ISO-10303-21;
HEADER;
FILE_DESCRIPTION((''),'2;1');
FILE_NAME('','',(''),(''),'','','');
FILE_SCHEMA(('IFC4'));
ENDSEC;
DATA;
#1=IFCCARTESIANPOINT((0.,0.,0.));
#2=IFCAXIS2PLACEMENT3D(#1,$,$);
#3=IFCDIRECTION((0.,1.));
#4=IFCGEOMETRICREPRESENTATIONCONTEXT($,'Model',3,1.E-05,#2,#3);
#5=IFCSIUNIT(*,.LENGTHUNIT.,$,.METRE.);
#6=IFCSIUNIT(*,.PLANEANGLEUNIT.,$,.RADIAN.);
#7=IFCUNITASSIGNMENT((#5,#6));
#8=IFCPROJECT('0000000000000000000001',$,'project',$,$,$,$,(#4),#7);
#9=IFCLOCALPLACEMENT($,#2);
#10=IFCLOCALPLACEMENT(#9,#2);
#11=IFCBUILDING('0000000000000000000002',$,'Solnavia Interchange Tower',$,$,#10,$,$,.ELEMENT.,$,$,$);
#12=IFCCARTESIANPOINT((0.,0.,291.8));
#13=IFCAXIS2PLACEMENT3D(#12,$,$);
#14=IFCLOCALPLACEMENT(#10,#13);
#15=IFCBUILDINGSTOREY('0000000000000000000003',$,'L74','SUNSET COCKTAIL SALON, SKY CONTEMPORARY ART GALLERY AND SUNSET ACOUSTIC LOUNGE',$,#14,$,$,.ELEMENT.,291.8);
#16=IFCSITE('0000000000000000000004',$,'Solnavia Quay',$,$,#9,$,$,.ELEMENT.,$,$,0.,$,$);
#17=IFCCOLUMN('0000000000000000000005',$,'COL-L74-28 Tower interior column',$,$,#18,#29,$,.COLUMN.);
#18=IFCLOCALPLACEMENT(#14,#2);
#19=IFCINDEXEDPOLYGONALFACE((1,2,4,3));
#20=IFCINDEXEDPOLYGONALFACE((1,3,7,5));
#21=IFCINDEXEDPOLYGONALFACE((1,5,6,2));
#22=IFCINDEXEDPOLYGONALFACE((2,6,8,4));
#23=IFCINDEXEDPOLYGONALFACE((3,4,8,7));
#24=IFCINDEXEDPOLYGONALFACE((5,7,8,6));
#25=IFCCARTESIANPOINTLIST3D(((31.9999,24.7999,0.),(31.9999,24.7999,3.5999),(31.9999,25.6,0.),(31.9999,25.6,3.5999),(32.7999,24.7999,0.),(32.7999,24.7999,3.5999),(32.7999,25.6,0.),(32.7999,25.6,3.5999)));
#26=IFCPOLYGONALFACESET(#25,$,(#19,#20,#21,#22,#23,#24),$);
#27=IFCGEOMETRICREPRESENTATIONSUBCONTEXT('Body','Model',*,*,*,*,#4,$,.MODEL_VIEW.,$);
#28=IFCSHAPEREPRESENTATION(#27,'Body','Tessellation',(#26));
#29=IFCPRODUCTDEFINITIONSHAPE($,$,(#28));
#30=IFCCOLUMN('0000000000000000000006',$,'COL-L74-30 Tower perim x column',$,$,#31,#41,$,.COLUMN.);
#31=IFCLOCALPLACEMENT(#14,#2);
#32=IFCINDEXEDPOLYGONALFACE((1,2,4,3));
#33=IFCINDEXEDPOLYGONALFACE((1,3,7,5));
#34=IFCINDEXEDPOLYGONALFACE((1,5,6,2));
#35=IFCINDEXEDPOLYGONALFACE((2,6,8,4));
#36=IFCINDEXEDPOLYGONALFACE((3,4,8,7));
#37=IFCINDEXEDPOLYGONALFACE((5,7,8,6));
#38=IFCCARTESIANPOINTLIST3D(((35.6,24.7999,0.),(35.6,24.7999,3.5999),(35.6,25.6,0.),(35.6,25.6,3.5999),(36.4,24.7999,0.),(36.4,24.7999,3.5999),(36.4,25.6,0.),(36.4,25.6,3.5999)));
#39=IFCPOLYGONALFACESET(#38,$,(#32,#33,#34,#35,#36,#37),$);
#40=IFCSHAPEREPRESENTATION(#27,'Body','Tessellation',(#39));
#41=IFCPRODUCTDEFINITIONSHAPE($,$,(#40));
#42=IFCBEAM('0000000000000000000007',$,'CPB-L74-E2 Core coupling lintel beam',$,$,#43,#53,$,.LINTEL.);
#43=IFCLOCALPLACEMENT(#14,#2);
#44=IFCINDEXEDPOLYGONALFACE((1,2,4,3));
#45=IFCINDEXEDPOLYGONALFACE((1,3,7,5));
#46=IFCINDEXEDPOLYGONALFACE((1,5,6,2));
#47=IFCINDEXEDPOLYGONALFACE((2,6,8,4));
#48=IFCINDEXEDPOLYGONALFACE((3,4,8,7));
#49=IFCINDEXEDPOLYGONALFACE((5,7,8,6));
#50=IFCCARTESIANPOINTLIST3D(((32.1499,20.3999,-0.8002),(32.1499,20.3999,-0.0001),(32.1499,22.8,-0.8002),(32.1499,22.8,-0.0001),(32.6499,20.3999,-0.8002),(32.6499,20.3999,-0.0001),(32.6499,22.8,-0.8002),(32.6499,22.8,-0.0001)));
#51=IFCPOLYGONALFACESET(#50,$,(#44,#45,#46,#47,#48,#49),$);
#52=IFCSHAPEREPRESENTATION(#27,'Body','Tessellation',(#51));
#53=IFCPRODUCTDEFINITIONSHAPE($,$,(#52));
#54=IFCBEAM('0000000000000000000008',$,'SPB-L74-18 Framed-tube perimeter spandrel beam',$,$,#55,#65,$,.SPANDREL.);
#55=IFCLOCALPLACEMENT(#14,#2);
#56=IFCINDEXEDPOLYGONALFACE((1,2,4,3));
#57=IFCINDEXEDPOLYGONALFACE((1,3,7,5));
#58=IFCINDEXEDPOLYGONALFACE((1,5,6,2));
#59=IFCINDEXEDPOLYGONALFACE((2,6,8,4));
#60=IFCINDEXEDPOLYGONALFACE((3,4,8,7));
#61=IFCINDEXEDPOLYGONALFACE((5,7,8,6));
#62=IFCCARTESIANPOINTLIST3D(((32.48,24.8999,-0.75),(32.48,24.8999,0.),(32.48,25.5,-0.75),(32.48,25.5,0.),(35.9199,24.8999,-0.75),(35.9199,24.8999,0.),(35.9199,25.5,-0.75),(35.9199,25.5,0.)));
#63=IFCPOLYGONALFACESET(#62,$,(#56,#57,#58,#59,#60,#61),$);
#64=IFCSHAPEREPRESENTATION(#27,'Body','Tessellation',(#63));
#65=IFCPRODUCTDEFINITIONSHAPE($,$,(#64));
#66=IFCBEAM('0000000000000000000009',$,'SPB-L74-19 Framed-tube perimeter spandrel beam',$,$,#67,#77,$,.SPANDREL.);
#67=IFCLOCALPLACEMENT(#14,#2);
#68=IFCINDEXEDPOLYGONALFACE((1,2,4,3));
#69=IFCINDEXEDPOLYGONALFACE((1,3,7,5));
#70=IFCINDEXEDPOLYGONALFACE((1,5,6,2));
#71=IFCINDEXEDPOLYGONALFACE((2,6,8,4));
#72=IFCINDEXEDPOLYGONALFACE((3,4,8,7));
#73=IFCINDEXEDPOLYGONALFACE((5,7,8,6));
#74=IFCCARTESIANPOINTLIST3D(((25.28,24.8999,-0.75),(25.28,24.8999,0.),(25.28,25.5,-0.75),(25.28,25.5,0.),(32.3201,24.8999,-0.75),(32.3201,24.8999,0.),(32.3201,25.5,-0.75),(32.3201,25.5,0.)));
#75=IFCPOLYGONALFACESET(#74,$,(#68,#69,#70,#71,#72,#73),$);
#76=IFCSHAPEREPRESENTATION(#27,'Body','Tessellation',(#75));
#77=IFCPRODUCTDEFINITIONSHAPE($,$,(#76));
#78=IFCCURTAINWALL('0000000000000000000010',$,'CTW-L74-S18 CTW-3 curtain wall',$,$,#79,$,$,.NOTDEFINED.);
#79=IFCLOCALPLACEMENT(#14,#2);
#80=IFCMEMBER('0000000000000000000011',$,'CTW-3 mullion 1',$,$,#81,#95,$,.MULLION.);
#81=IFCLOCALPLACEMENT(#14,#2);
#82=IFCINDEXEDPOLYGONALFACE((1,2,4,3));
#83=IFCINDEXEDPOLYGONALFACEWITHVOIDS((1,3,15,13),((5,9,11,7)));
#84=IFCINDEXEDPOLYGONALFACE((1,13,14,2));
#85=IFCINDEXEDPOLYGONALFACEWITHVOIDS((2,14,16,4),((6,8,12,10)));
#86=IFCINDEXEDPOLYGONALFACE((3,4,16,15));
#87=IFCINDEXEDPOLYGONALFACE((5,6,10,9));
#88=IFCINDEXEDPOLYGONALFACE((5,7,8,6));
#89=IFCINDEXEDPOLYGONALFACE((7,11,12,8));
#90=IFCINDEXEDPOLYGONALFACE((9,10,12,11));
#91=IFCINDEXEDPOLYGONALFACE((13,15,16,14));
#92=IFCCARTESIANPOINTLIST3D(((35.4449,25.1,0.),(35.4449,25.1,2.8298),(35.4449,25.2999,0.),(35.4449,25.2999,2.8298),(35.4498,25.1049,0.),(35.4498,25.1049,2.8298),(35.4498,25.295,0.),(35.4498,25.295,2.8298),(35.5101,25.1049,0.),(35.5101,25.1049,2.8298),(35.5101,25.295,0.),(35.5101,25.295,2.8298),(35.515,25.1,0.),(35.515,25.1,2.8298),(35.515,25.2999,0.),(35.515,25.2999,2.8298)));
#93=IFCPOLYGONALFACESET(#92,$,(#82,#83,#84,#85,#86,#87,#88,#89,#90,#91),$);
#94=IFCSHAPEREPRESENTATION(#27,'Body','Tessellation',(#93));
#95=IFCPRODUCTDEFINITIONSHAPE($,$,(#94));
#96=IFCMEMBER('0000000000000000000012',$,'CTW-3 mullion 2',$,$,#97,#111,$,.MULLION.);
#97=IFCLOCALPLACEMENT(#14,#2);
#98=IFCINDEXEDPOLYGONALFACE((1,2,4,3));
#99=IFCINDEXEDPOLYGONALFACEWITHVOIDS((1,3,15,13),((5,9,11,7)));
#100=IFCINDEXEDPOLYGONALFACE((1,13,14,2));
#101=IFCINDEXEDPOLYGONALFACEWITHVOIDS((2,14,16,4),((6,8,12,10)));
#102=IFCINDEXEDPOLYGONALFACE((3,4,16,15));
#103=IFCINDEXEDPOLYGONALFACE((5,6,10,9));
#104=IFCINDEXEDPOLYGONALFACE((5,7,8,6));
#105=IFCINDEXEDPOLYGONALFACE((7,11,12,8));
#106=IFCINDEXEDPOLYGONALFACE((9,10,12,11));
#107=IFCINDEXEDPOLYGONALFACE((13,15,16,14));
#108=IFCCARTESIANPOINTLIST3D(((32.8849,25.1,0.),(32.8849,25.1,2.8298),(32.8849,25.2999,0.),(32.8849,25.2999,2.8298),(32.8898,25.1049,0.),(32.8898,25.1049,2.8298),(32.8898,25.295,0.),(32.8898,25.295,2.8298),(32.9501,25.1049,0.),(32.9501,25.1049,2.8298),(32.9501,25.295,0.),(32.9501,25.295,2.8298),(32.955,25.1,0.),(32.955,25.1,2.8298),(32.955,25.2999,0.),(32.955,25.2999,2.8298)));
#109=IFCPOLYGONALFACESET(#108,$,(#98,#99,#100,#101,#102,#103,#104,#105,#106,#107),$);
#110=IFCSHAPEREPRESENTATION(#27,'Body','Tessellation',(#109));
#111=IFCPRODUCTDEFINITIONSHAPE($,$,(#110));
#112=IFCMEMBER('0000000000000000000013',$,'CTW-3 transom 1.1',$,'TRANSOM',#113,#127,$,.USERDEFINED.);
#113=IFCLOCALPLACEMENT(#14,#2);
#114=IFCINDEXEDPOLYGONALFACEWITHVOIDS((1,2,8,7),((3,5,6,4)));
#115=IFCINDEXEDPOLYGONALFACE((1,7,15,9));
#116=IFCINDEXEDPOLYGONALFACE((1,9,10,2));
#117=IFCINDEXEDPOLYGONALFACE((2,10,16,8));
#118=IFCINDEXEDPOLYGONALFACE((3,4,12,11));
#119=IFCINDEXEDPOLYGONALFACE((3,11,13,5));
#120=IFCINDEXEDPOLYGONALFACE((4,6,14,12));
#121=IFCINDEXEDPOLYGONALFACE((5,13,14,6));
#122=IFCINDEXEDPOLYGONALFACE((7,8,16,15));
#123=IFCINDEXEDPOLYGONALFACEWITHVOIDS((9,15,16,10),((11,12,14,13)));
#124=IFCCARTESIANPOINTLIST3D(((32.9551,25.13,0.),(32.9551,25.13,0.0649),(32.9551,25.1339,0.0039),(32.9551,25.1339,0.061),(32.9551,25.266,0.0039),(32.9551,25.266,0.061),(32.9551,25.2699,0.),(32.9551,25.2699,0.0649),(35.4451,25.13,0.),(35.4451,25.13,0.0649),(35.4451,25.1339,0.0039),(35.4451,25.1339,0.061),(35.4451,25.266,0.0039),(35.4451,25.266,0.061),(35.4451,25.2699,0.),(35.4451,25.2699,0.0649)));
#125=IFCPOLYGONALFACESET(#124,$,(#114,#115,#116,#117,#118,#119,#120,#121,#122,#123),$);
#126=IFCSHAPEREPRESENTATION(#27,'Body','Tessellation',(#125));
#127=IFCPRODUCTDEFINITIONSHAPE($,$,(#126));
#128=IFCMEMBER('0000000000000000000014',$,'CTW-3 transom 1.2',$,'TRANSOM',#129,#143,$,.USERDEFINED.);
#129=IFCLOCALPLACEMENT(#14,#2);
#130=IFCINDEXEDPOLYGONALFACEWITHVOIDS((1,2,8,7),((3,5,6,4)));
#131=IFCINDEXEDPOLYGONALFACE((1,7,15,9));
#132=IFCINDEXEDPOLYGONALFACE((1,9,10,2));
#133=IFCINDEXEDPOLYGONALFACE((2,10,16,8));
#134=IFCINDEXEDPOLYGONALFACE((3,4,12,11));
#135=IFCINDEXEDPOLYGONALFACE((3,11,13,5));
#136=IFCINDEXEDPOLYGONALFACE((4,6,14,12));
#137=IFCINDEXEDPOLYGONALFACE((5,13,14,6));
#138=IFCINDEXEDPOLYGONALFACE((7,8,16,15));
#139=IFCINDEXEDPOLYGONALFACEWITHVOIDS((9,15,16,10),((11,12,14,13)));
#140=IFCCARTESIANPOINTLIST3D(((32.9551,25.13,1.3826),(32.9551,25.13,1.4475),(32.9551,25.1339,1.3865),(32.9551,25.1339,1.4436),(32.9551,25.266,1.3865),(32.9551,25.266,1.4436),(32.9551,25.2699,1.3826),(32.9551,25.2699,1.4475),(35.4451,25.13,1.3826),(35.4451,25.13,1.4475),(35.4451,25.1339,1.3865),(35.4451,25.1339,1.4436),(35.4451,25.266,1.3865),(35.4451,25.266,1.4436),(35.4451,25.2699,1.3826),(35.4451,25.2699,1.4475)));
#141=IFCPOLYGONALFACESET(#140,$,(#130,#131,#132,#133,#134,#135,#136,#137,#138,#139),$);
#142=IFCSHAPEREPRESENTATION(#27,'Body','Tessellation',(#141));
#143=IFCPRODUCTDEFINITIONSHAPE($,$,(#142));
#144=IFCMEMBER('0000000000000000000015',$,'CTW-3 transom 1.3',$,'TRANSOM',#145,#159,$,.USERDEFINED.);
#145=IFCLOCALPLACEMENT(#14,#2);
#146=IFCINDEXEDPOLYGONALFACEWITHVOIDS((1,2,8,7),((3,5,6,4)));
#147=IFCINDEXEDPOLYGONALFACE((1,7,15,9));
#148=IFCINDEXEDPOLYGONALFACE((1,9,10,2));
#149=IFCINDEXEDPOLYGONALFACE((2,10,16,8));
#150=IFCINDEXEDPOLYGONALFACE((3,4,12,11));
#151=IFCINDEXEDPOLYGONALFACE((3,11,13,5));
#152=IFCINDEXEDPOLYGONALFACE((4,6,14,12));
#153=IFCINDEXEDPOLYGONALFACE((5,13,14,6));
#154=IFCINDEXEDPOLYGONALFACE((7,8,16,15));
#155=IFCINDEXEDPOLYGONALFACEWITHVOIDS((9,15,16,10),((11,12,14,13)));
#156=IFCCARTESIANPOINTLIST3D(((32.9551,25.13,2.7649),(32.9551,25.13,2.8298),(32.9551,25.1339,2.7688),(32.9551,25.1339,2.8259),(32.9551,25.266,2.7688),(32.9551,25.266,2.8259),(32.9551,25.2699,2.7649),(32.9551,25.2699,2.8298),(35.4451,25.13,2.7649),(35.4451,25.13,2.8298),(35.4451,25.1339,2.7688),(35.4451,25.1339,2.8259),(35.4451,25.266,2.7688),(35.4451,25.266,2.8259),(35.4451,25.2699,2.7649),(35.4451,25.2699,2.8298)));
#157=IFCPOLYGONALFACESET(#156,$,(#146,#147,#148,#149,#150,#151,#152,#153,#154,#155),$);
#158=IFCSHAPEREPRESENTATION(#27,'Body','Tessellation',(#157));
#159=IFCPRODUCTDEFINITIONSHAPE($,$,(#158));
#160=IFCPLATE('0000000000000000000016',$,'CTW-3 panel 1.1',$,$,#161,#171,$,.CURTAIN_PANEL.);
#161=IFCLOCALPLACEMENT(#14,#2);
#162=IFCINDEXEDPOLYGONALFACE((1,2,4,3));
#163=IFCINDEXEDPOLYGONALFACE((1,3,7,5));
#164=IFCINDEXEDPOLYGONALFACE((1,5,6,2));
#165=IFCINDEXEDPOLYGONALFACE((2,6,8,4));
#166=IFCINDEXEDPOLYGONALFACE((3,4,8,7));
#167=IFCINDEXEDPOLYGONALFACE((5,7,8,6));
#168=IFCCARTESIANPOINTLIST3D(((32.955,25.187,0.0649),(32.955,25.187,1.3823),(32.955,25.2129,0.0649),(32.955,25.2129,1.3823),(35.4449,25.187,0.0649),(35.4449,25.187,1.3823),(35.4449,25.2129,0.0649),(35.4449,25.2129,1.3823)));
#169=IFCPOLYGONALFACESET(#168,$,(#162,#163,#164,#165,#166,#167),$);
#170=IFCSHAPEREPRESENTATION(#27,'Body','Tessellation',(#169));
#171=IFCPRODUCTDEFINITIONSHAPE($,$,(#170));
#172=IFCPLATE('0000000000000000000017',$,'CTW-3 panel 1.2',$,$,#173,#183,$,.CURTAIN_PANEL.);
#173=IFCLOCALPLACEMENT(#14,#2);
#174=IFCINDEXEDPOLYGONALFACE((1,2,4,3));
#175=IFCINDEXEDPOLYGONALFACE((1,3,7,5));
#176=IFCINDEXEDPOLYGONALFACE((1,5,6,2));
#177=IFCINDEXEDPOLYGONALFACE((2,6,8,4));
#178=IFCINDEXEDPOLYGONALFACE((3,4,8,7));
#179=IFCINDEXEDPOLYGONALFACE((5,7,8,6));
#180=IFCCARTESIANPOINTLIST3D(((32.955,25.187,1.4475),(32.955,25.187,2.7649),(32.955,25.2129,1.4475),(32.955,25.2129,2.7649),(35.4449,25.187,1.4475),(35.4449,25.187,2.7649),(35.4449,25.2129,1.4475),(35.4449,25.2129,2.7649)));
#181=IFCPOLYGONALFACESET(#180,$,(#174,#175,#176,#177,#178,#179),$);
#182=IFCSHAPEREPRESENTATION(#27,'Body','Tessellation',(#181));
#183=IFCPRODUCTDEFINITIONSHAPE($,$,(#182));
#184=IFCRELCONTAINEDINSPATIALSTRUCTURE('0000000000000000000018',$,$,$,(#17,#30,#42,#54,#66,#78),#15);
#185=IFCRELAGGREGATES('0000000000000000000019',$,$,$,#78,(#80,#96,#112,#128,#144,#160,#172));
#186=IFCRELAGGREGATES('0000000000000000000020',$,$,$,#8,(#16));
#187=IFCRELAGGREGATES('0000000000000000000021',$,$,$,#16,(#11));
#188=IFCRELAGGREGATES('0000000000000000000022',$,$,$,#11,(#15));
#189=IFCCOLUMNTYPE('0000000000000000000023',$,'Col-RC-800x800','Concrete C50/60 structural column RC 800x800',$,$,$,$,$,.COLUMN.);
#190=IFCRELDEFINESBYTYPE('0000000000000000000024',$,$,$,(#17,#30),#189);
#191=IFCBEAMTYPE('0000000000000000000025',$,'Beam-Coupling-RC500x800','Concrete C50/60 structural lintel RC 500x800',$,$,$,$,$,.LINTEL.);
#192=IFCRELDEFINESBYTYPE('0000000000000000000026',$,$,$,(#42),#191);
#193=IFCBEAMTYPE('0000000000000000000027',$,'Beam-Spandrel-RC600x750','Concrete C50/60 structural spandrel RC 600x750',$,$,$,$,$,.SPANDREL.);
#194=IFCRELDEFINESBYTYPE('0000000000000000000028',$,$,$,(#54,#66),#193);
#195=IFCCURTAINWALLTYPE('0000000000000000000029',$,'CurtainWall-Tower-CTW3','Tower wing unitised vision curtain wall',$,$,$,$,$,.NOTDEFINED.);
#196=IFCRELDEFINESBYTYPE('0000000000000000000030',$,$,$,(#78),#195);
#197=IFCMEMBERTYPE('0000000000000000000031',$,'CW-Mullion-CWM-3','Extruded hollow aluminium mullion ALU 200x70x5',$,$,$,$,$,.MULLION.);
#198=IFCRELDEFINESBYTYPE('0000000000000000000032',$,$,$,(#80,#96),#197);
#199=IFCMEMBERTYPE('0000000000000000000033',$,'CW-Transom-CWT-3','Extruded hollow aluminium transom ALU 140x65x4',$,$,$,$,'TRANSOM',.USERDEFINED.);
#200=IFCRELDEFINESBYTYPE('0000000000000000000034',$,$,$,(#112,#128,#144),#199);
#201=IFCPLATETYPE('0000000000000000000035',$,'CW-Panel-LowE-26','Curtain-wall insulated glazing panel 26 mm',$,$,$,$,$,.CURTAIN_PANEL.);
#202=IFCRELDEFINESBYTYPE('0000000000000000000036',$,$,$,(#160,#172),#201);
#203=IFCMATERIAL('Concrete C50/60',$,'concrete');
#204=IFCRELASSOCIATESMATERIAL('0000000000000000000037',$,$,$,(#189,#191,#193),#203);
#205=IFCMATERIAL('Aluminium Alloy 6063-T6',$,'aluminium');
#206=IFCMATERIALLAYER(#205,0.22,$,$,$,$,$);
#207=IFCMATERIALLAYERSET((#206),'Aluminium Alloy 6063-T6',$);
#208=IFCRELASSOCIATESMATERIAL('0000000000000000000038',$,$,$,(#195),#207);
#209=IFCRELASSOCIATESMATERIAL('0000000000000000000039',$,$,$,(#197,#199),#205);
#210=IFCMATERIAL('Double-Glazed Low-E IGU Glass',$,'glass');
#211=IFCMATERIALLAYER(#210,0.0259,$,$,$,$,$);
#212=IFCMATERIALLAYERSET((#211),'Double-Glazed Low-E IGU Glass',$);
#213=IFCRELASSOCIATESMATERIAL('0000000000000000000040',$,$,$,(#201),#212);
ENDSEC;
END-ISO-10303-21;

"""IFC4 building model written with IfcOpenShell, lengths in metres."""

from ifc_helpers import new_model, si_unit, direction, frame, origin, origin_2d, place, context, subcontext, project, spatial, rectangle, hollow_rectangle, extrude, material, layer, layer_set, material_profile, profile_set, type_object, element, aggregate, save


model = new_model("IFC4")

# Units and contexts
model_context = context("Model", 3, precision=1e-05, world=origin(), true_north=direction((0.0, 1.0)))
body_context = subcontext(model_context, "Body", "Model", "MODEL_VIEW")
ifc_project = project(units=[si_unit("LENGTHUNIT", "METRE"), si_unit("PLANEANGLEUNIT", "RADIAN")], contexts=[model_context])

# Site, building, storey
site_placement = place(None, origin())
site = spatial("IfcSite", under=ifc_project, at=site_placement, Name="Solnavia Quay", CompositionType="ELEMENT", RefElevation=0.0)
building_placement = place(site_placement, origin())
building = spatial("IfcBuilding", under=site, at=building_placement, Name="Solnavia Interchange Tower", CompositionType="ELEMENT")
storey_placement = place(building_placement, frame((0.0, 0.0, 291.8)))
storey = spatial("IfcBuildingStorey", under=building, at=storey_placement, Name="L74", Description="SUNSET COCKTAIL SALON, SKY CONTEMPORARY ART GALLERY AND SUNSET ACOUSTIC LOUNGE", CompositionType="ELEMENT", Elevation=291.8)

# Columns
ifc_material_1 = material(Name="Concrete C50/60", Category="concrete")
ifc_material_profile_1 = material_profile(ifc_material_1, rectangle(XDim=0.8, YDim=0.8, at=origin_2d()), Name="RC 800x800")
ifc_profile_set_1 = profile_set([ifc_material_profile_1], Name="Concrete C50/60")
column_type = type_object("IfcColumnType", Name="Col-RC-800x800", Description="Concrete C50/60 structural column RC 800x800", PredefinedType="COLUMN", material=ifc_profile_set_1)
for number, where, z_axis, x_axis, name in (
    (1, (32.3999, 25.2, 0.0), (0.0, 0.0, 1.0), (1.0, 0.0, 0.0), "COL-L74-28 Tower interior column"),
    (2, (36.0, 25.2, 0.0), (0.0, 0.0, 1.0), (1.0, 0.0, 0.0), "COL-L74-30 Tower perim x column"),
):
    element("IfcColumn", number, at=place(storey_placement, frame(where, z_axis=z_axis, x_axis=x_axis)), inside=storey, type_object=column_type, Name=name, PredefinedType="COLUMN", context=body_context, shape_type="SweptSolid", body=[
        extrude(rectangle(XDim=0.8, YDim=0.8, at=origin_2d()), origin(), (0.0, 0.0, 1.0), 3.5999),
    ])

# Beams
ifc_material_profile_2 = material_profile(ifc_material_1, rectangle(XDim=0.5, YDim=0.8, at=origin_2d()), Name="RC 500x800")
ifc_profile_set_2 = profile_set([ifc_material_profile_2], Name="Concrete C50/60")
beam_type_1 = type_object("IfcBeamType", Name="Beam-Coupling-RC500x800", Description="Concrete C50/60 structural lintel RC 500x800", PredefinedType="LINTEL", material=ifc_profile_set_2)
beam_1_placement = place(storey_placement, frame((32.3999, 20.3999, -0.4001), z_axis=(0.0, 1.0, 0.0), x_axis=(-1.0, 0.0, 0.0)))
element("IfcBeam", 3, at=beam_1_placement, inside=storey, type_object=beam_type_1, Name="CPB-L74-E2 Core coupling lintel beam", PredefinedType="LINTEL", context=body_context, shape_type="SweptSolid", body=[
    extrude(rectangle(XDim=0.5, YDim=0.8, at=origin_2d()), origin(), (0.0, 0.0, 1.0), 2.4001),
])
ifc_material_profile_3 = material_profile(ifc_material_1, rectangle(XDim=0.6001, YDim=0.75, at=origin_2d()), Name="RC 600x750")
ifc_profile_set_3 = profile_set([ifc_material_profile_3], Name="Concrete C50/60")
beam_type_2 = type_object("IfcBeamType", Name="Beam-Spandrel-RC600x750", Description="Concrete C50/60 structural spandrel RC 600x750", PredefinedType="SPANDREL", material=ifc_profile_set_3)
beam_2_placement = place(storey_placement, frame((35.9199, 25.2, -0.375), z_axis=(-1.0, 0.0, 0.0), x_axis=(0.0, -1.0, 0.0)))
element("IfcBeam", 4, at=beam_2_placement, inside=storey, type_object=beam_type_2, Name="SPB-L74-18 Framed-tube perimeter spandrel beam", PredefinedType="SPANDREL", context=body_context, shape_type="SweptSolid", body=[
    extrude(rectangle(XDim=0.6001, YDim=0.75, at=origin_2d()), origin(), (0.0, 0.0, 1.0), 3.4399),
])
beam_3_placement = place(storey_placement, frame((32.3201, 25.2, -0.375), z_axis=(-1.0, 0.0, 0.0), x_axis=(0.0, -1.0, 0.0)))
element("IfcBeam", 5, at=beam_3_placement, inside=storey, type_object=beam_type_2, Name="SPB-L74-19 Framed-tube perimeter spandrel beam", PredefinedType="SPANDREL", context=body_context, shape_type="SweptSolid", body=[
    extrude(rectangle(XDim=0.6001, YDim=0.75, at=origin_2d()), origin(), (0.0, 0.0, 1.0), 7.04),
])

# Curtain wall, members, plates
ifc_material_2 = material(Name="Aluminium Alloy 6063-T6", Category="aluminium")
ifc_layer_1 = layer(ifc_material_2, 0.22)
ifc_layer_set_1 = layer_set([ifc_layer_1], Name="Aluminium Alloy 6063-T6")
curtain_wall_type = type_object("IfcCurtainWallType", Name="CurtainWall-Tower-CTW3", Description="Tower wing unitised vision curtain wall", PredefinedType="NOTDEFINED", material=ifc_layer_set_1)
curtain_wall_placement = place(storey_placement, origin())
curtain_wall = element("IfcCurtainWall", 6, at=curtain_wall_placement, inside=storey, type_object=curtain_wall_type, Name="CTW-L74-S18 CTW-3 curtain wall", PredefinedType="NOTDEFINED")
ifc_material_profile_4 = material_profile(ifc_material_2, hollow_rectangle(XDim=0.0701, YDim=0.2, WallThickness=0.0049, at=origin_2d()), Name="ALU 200x70x5")
ifc_profile_set_4 = profile_set([ifc_material_profile_4], Name="Aluminium Alloy 6063-T6")
member_type_1 = type_object("IfcMemberType", Name="CW-Mullion-CWM-3", Description="Extruded hollow aluminium mullion ALU 200x70x5", PredefinedType="MULLION", material=ifc_profile_set_4)
member_1_placement = place(storey_placement, frame((35.48, 25.2, 0.0), z_axis=(0.0, 0.0, 1.0), x_axis=(-1.0, 0.0, 0.0)))
member_1 = element("IfcMember", 7, at=member_1_placement, type_object=member_type_1, Name="CTW-3 mullion 1", PredefinedType="MULLION", context=body_context, shape_type="SweptSolid", body=[
    extrude(hollow_rectangle(XDim=0.0701, YDim=0.2, WallThickness=0.0049, at=origin_2d()), origin(), (0.0, 0.0, 1.0), 2.8298),
])
member_2_placement = place(storey_placement, frame((32.9199, 25.2, 0.0), z_axis=(0.0, 0.0, 1.0), x_axis=(-1.0, 0.0, 0.0)))
member_2 = element("IfcMember", 8, at=member_2_placement, type_object=member_type_1, Name="CTW-3 mullion 2", PredefinedType="MULLION", context=body_context, shape_type="SweptSolid", body=[
    extrude(hollow_rectangle(XDim=0.0701, YDim=0.2, WallThickness=0.0049, at=origin_2d()), origin(), (0.0, 0.0, 1.0), 2.8298),
])
ifc_material_profile_5 = material_profile(ifc_material_2, hollow_rectangle(XDim=0.0649, YDim=0.1399, WallThickness=0.0039, at=origin_2d()), Name="ALU 140x65x4")
ifc_profile_set_5 = profile_set([ifc_material_profile_5], Name="Aluminium Alloy 6063-T6")
member_type_2 = type_object("IfcMemberType", Name="CW-Transom-CWT-3", Description="Extruded hollow aluminium transom ALU 140x65x4", ElementType="TRANSOM", PredefinedType="USERDEFINED", material=ifc_profile_set_5)
member_3_placement = place(storey_placement, frame((35.4451, 25.2, 0.0325), z_axis=(-1.0, 0.0, 0.0), x_axis=(0.0, 0.0, 1.0)))
member_3 = element("IfcMember", 9, at=member_3_placement, type_object=member_type_2, Name="CTW-3 transom 1.1", ObjectType="TRANSOM", PredefinedType="USERDEFINED", context=body_context, shape_type="SweptSolid", body=[
    extrude(hollow_rectangle(XDim=0.0649, YDim=0.1399, WallThickness=0.0039, at=origin_2d()), origin(), (0.0, 0.0, 1.0), 2.49),
])
member_4_placement = place(storey_placement, frame((35.4451, 25.2, 1.415), z_axis=(-1.0, 0.0, 0.0), x_axis=(0.0, 0.0, 1.0)))
member_4 = element("IfcMember", 10, at=member_4_placement, type_object=member_type_2, Name="CTW-3 transom 1.2", ObjectType="TRANSOM", PredefinedType="USERDEFINED", context=body_context, shape_type="SweptSolid", body=[
    extrude(hollow_rectangle(XDim=0.0649, YDim=0.1399, WallThickness=0.0039, at=origin_2d()), origin(), (0.0, 0.0, 1.0), 2.49),
])
member_5_placement = place(storey_placement, frame((35.4451, 25.2, 2.7974), z_axis=(-1.0, 0.0, 0.0), x_axis=(0.0, 0.0, 1.0)))
member_5 = element("IfcMember", 11, at=member_5_placement, type_object=member_type_2, Name="CTW-3 transom 1.3", ObjectType="TRANSOM", PredefinedType="USERDEFINED", context=body_context, shape_type="SweptSolid", body=[
    extrude(hollow_rectangle(XDim=0.0649, YDim=0.1399, WallThickness=0.0039, at=origin_2d()), origin(), (0.0, 0.0, 1.0), 2.49),
])
ifc_material_3 = material(Name="Double-Glazed Low-E IGU Glass", Category="glass")
ifc_layer_2 = layer(ifc_material_3, 0.0259)
ifc_layer_set_2 = layer_set([ifc_layer_2], Name="Double-Glazed Low-E IGU Glass")
plate_type = type_object("IfcPlateType", Name="CW-Panel-LowE-26", Description="Curtain-wall insulated glazing panel 26 mm", PredefinedType="CURTAIN_PANEL", material=ifc_layer_set_2)
plate_1_placement = place(storey_placement, frame((34.2, 25.2, 0.0649), z_axis=(0.0, 0.0, 1.0), x_axis=(-1.0, 0.0, 0.0)))
plate_1 = element("IfcPlate", 12, at=plate_1_placement, type_object=plate_type, Name="CTW-3 panel 1.1", PredefinedType="CURTAIN_PANEL", context=body_context, shape_type="SweptSolid", body=[
    extrude(rectangle(XDim=2.49, YDim=0.0259, at=origin_2d()), origin(), (0.0, 0.0, 1.0), 1.3174),
])
plate_2_placement = place(storey_placement, frame((34.2, 25.2, 1.4475), z_axis=(0.0, 0.0, 1.0), x_axis=(-1.0, 0.0, 0.0)))
plate_2 = element("IfcPlate", 13, at=plate_2_placement, type_object=plate_type, Name="CTW-3 panel 1.2", PredefinedType="CURTAIN_PANEL", context=body_context, shape_type="SweptSolid", body=[
    extrude(rectangle(XDim=2.49, YDim=0.0259, at=origin_2d()), origin(), (0.0, 0.0, 1.0), 1.3174),
])
aggregate(curtain_wall, [member_1, member_2, member_3, member_4, member_5, plate_1, plate_2])

save(model, "model.ifc")
